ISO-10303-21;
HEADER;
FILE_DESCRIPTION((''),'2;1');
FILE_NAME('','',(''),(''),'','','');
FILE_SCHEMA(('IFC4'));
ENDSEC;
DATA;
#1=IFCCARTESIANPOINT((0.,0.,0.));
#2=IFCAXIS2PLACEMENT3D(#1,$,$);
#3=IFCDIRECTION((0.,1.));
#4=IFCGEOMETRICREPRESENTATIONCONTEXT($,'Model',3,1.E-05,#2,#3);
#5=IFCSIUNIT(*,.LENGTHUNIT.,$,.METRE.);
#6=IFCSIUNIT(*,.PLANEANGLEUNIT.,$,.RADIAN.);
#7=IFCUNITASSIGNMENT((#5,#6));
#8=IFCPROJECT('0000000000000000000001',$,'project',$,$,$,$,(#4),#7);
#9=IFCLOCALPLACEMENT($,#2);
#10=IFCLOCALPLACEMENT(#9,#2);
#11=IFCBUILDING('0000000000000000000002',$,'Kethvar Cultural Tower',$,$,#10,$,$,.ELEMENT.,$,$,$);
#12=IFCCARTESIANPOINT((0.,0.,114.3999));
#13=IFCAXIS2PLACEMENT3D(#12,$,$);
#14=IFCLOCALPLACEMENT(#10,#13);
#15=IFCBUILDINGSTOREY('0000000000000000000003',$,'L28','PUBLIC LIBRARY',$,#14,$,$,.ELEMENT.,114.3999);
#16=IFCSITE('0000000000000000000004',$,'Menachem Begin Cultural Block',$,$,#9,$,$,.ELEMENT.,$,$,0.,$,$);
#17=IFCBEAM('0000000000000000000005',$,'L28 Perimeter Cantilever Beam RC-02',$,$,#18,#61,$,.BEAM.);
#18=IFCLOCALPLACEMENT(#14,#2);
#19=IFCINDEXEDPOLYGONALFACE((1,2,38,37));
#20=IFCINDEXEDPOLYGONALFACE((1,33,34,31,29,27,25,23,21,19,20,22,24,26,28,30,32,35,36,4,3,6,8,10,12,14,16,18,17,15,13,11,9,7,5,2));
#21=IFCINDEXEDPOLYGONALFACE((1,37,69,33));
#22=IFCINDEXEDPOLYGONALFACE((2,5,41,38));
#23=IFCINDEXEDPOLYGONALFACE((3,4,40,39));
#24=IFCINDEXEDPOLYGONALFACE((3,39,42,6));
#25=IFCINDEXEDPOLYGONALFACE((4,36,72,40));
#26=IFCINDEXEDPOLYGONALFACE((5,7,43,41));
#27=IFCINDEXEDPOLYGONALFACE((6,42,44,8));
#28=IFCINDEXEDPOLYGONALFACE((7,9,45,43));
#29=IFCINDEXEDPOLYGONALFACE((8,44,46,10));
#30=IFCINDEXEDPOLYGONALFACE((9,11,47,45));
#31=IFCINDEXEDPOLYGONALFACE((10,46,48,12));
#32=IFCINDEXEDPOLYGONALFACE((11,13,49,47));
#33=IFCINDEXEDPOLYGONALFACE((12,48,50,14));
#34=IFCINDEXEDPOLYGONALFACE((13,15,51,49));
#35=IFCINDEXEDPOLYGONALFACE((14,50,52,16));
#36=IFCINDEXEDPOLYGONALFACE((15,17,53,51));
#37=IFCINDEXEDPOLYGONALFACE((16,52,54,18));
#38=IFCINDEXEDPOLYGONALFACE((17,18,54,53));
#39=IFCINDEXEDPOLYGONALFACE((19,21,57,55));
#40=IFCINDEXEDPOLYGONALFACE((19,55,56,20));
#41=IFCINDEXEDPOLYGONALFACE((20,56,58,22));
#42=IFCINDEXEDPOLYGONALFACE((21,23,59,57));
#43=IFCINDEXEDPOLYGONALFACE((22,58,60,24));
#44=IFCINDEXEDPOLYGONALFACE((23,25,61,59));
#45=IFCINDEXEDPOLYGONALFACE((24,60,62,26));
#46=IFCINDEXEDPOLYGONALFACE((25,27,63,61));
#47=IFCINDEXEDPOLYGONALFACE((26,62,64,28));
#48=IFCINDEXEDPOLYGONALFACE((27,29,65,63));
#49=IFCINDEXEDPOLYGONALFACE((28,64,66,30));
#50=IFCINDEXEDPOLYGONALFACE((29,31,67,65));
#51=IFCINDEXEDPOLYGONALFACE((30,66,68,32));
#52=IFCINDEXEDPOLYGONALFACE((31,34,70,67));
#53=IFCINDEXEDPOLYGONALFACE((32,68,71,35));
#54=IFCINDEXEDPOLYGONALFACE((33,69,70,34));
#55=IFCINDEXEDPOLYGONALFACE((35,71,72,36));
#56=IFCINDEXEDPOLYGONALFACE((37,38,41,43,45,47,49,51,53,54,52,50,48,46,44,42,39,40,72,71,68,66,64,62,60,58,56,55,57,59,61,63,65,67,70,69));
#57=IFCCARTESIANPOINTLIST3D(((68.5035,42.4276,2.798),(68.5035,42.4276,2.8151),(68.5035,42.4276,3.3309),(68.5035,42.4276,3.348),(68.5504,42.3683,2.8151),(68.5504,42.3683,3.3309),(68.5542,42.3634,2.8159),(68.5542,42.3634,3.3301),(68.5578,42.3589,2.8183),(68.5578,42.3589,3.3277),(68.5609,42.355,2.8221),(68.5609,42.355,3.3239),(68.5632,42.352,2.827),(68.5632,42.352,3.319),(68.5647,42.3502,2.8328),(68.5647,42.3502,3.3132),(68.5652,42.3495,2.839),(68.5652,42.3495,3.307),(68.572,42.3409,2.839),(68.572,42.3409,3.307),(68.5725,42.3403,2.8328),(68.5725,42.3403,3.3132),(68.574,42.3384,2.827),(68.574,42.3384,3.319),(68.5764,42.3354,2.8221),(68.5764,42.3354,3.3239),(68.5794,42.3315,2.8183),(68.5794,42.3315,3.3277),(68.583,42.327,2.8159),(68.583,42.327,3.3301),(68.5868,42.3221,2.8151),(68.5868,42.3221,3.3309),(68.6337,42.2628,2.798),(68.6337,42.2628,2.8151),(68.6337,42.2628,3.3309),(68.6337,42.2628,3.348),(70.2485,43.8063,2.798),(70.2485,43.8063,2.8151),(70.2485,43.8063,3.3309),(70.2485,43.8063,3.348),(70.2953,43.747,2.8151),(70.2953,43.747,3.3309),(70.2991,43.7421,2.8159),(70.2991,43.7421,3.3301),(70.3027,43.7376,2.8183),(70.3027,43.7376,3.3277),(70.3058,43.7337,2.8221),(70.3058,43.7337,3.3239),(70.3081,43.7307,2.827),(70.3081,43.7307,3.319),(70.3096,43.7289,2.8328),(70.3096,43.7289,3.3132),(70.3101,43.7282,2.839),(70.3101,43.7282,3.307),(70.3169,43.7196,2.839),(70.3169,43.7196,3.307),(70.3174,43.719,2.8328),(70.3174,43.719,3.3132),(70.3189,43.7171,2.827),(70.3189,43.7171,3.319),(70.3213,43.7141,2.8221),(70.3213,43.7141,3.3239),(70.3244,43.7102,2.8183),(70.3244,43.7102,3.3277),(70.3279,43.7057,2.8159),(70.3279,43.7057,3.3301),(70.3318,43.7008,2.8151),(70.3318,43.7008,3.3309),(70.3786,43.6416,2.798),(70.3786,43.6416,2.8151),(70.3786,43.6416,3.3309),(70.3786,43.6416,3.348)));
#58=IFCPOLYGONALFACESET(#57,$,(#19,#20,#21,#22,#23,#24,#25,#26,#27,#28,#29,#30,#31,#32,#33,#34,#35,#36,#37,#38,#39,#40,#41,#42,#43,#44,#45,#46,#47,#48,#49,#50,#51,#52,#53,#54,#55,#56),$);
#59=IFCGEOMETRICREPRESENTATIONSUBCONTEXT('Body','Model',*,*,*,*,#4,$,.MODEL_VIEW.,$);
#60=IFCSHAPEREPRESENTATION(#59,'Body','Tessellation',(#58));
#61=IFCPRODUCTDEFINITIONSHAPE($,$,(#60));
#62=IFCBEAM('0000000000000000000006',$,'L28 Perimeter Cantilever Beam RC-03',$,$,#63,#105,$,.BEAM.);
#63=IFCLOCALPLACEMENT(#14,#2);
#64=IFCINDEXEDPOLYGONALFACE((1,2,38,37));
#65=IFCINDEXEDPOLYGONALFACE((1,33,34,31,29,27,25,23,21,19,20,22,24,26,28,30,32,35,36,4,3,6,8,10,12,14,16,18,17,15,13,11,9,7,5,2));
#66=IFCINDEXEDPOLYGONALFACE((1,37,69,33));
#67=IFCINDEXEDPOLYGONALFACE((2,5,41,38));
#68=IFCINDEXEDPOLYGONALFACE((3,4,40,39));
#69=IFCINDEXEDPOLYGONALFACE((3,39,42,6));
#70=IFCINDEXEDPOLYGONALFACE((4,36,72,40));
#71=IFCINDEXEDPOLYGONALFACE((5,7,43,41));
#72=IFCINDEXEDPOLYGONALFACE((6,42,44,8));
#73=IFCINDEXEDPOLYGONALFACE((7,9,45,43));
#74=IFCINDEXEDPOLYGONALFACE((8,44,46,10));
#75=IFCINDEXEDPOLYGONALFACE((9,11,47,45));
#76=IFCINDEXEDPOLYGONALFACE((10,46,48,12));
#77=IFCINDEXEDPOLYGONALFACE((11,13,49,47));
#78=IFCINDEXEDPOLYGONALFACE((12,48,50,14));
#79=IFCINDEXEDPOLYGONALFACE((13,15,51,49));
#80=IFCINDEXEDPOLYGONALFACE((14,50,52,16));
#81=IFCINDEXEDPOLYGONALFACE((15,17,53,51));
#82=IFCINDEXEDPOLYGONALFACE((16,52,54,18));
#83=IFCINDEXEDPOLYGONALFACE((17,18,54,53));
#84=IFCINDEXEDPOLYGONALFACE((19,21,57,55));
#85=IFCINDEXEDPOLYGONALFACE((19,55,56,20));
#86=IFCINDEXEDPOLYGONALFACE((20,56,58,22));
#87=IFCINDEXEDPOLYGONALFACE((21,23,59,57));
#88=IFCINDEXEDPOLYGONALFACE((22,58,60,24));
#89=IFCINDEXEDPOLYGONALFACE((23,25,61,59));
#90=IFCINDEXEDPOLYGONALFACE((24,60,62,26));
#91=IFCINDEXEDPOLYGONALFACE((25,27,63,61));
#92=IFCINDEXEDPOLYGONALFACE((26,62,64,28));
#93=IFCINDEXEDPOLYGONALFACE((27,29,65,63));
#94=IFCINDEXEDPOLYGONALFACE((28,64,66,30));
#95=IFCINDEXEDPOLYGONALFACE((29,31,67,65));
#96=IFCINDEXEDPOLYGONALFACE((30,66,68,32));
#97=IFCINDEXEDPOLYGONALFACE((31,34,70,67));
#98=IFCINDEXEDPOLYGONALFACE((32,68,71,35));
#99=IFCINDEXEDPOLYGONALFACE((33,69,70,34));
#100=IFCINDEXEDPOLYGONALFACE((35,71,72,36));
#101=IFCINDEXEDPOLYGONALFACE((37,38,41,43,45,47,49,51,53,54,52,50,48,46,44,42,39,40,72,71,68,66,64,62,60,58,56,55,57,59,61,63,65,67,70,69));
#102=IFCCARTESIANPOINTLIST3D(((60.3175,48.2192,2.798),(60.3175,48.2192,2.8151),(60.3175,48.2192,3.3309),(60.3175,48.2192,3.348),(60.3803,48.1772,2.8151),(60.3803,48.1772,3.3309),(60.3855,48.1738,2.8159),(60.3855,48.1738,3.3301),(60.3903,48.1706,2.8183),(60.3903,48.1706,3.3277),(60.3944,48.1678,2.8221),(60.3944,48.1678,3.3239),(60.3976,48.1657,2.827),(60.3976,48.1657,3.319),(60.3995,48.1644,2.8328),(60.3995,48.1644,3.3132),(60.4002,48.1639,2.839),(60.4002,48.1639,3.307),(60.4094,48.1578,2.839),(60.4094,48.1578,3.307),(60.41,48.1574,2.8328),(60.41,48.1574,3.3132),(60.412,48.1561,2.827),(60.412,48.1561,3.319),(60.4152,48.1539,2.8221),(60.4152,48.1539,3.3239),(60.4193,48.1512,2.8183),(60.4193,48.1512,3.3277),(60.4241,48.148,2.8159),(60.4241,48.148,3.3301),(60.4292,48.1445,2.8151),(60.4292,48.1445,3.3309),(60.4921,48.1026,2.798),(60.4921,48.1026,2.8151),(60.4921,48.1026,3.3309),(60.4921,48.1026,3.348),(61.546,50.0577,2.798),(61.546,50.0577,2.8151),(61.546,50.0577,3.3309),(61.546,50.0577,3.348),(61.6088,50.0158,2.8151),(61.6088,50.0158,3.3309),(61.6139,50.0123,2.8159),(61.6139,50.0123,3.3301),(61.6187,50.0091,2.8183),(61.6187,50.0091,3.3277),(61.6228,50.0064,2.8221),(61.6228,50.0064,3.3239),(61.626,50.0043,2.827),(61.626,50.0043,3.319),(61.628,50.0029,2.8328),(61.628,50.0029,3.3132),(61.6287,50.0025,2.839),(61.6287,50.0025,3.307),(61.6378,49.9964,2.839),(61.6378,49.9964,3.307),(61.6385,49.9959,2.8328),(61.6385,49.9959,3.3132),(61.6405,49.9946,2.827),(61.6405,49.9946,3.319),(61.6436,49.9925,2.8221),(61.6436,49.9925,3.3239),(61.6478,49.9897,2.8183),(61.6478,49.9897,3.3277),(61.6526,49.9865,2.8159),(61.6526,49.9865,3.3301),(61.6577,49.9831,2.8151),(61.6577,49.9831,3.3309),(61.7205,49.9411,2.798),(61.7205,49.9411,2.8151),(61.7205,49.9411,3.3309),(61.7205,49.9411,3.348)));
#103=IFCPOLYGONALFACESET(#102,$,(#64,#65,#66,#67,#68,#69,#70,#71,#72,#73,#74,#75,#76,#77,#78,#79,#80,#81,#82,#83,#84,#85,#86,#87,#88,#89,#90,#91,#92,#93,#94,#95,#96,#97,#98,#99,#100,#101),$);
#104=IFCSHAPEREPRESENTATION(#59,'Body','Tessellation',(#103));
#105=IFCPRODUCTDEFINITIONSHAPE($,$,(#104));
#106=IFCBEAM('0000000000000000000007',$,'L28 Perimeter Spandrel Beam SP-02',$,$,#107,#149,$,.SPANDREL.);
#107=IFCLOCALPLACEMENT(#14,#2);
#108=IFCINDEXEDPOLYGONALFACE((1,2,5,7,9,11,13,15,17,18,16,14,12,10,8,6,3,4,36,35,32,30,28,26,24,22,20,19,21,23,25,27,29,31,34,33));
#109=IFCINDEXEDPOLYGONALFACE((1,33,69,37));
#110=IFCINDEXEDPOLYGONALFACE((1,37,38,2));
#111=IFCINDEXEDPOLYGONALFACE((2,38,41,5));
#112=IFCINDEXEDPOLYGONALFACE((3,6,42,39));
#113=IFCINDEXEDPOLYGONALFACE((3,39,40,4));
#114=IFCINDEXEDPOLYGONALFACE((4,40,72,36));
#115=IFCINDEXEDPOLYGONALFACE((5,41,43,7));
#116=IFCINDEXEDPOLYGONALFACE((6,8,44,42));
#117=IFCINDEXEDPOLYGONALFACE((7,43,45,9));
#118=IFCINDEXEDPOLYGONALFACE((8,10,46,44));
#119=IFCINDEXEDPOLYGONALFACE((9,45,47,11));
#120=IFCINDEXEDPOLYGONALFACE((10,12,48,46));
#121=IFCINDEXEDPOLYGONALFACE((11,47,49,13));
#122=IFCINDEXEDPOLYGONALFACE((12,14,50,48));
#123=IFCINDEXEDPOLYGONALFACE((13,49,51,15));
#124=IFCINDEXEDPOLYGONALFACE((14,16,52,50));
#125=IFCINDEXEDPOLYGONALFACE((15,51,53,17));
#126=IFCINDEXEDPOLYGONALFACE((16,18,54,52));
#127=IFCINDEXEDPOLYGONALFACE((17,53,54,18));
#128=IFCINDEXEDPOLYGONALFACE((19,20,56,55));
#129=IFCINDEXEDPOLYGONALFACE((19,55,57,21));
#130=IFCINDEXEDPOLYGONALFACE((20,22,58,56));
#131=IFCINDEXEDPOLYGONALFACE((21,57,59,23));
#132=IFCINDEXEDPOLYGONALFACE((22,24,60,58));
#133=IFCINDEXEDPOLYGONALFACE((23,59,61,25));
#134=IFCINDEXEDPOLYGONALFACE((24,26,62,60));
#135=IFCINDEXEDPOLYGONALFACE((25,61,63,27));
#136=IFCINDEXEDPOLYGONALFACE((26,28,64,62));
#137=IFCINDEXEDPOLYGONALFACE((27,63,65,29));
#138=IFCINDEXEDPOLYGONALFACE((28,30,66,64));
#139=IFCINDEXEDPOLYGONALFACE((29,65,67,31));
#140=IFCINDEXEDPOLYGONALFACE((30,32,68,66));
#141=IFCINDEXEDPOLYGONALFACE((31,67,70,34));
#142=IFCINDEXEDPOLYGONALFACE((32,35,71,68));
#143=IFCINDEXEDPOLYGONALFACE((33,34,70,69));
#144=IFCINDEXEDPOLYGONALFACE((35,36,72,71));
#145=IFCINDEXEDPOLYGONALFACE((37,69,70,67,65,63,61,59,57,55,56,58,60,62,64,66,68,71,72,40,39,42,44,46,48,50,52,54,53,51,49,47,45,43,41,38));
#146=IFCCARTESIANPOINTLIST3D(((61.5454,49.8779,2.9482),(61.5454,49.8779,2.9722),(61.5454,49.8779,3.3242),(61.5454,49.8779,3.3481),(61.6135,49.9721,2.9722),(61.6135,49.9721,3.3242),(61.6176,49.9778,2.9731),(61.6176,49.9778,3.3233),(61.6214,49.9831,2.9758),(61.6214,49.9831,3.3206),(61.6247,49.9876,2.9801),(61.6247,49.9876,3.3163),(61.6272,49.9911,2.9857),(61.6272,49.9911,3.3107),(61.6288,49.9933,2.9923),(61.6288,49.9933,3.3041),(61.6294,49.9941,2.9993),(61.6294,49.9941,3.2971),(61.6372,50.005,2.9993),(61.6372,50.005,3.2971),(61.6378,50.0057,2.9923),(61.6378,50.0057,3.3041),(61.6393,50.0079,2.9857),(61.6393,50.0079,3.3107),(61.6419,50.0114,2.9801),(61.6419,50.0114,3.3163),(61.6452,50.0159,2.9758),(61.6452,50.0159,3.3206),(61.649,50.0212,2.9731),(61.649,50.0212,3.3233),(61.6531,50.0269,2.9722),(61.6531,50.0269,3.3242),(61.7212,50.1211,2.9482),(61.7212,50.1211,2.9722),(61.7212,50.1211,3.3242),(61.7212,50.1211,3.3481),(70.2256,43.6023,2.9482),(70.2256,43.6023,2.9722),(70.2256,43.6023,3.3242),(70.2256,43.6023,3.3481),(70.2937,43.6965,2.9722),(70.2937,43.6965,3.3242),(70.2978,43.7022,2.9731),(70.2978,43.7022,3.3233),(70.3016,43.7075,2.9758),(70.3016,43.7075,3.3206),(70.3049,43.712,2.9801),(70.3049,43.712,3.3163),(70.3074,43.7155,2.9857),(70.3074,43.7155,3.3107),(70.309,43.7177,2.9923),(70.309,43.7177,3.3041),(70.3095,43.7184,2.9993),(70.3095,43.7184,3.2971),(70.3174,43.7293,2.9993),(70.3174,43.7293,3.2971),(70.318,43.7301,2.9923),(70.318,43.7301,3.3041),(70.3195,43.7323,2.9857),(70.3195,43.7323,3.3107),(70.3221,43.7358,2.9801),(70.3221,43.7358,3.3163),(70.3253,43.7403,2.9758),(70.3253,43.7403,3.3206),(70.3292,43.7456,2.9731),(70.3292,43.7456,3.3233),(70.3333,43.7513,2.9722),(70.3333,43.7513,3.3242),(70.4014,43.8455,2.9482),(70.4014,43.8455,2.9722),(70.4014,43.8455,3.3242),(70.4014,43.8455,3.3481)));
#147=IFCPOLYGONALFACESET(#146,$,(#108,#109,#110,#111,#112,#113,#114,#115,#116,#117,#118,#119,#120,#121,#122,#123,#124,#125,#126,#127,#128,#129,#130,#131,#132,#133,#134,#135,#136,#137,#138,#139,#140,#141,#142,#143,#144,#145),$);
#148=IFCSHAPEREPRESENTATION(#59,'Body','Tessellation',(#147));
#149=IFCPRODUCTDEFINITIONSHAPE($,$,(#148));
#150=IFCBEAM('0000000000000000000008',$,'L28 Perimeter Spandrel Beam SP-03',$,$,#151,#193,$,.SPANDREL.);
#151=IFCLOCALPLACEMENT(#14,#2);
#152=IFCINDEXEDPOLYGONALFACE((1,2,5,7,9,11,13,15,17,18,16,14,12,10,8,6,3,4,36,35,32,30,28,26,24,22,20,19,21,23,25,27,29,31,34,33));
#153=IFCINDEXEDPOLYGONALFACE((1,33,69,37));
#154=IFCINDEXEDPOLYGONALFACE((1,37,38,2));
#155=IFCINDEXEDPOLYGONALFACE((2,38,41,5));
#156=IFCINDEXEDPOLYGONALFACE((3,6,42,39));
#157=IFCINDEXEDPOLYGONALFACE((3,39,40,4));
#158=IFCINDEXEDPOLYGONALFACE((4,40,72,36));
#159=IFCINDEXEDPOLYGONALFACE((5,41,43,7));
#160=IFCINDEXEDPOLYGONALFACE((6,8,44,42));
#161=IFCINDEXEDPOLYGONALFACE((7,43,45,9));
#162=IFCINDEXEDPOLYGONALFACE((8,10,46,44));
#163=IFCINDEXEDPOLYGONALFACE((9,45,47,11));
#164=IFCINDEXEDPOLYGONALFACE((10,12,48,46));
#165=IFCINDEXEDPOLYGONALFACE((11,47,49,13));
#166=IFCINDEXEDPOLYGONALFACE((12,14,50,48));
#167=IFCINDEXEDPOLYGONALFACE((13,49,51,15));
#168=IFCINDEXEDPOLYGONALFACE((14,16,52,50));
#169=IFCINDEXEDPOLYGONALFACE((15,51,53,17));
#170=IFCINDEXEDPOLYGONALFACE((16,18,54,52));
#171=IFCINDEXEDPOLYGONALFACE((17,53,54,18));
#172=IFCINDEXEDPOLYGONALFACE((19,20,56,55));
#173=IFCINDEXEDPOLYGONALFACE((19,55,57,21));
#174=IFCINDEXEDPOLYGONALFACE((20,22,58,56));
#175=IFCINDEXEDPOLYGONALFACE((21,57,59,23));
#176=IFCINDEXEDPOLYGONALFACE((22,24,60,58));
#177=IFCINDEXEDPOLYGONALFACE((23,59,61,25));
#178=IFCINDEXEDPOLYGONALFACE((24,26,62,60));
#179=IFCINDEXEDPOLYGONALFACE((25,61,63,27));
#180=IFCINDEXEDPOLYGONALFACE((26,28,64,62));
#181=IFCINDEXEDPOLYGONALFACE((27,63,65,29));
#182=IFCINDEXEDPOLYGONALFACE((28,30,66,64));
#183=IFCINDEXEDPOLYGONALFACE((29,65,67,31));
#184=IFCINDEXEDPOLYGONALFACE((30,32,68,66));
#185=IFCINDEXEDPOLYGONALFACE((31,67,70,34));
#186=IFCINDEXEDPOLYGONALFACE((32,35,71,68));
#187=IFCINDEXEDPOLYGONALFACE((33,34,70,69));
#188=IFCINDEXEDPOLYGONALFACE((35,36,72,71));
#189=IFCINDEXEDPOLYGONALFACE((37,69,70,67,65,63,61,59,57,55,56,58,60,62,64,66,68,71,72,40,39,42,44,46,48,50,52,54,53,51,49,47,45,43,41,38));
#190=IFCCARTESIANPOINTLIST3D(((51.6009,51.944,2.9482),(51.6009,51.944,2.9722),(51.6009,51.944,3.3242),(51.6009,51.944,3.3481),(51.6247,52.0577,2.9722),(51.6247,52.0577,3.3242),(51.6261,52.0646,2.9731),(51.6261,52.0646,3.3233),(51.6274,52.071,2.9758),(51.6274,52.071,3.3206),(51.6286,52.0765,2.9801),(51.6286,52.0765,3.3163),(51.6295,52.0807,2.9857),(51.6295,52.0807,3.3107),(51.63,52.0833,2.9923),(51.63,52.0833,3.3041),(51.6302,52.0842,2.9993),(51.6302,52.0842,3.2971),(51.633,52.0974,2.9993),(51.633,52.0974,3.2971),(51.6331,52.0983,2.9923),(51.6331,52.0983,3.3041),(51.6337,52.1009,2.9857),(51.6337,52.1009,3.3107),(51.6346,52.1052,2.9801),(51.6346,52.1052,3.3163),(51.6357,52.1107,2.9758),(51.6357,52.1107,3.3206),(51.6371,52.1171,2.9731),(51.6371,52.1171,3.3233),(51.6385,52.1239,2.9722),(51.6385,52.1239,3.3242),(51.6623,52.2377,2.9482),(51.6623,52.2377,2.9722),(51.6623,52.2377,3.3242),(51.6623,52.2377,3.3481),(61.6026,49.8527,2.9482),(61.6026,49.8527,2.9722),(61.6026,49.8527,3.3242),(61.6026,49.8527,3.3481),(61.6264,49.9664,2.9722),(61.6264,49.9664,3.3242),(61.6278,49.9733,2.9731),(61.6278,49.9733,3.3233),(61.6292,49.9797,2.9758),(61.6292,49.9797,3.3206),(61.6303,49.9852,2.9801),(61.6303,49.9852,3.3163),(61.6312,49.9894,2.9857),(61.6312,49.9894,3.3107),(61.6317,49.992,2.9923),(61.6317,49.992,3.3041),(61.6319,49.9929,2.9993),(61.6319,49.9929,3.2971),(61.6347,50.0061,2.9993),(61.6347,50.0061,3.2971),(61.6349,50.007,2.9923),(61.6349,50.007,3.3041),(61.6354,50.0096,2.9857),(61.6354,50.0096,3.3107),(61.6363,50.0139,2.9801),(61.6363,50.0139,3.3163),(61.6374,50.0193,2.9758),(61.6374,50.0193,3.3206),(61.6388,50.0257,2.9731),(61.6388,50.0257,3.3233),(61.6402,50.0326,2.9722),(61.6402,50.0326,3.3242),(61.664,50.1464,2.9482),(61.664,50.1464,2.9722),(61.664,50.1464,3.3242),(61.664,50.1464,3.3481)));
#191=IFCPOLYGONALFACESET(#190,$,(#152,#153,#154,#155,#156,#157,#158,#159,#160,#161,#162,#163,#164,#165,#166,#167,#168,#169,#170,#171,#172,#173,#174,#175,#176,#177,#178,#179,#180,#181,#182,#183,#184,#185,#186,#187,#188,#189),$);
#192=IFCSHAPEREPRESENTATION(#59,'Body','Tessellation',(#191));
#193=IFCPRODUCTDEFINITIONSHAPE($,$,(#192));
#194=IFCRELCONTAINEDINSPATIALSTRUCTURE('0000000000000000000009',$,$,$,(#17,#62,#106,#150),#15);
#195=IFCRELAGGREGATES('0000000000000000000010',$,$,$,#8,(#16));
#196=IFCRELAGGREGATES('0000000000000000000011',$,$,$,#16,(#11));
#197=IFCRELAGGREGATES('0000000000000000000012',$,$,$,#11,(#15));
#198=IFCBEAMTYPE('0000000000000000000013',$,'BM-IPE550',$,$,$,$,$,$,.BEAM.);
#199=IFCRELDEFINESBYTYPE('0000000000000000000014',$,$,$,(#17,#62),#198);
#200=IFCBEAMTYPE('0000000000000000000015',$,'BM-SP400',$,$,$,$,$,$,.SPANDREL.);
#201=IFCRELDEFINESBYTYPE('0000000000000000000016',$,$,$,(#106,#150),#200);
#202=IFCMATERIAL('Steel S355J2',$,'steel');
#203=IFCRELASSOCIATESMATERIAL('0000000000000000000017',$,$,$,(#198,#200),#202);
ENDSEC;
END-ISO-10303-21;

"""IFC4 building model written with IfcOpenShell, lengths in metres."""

from ifc_helpers import new_model, si_unit, direction, frame, origin, origin_2d, place, context, subcontext, project, spatial, i_section, extrude, source, transform, mapped, material, material_profile, profile_set, type_object, element, save


model = new_model("IFC4")

# Units and contexts
model_context = context("Model", 3, precision=1e-05, world=origin(), true_north=direction((0.0, 1.0)))
body_context = subcontext(model_context, "Body", "Model", "MODEL_VIEW")
ifc_project = project(units=[si_unit("LENGTHUNIT", "METRE"), si_unit("PLANEANGLEUNIT", "RADIAN")], contexts=[model_context])

# Site, building, storey
site_placement = place(None, origin())
site = spatial("IfcSite", under=ifc_project, at=site_placement, Name="Menachem Begin Cultural Block", CompositionType="ELEMENT", RefElevation=0.0)
building_placement = place(site_placement, origin())
building = spatial("IfcBuilding", under=site, at=building_placement, Name="Kethvar Cultural Tower", CompositionType="ELEMENT")
storey_placement = place(building_placement, frame((0.0, 0.0, 114.3999)))
storey = spatial("IfcBuildingStorey", under=building, at=storey_placement, Name="L28", Description="PUBLIC LIBRARY", CompositionType="ELEMENT", Elevation=114.3999)

# Beams
ifc_material_1 = material(Name="Steel S355J2", Category="steel")
ifc_material_profile_1 = material_profile(ifc_material_1, i_section(OverallWidth=0.21, OverallDepth=0.55, WebThickness=0.011, FlangeThickness=0.0171, FilletRadius=0.0239, at=origin_2d()), Name="Steel S355J2 — IPE550")
ifc_profile_set_1 = profile_set([ifc_material_profile_1], Name="Steel S355J2 — IPE550")
beam_type_1 = type_object("IfcBeamType", Name="BM-IPE550", PredefinedType="BEAM", material=ifc_profile_set_1)
shared_shape_1 = source(origin(), body_context, "Body", "SweptSolid", [
    extrude(i_section(OverallWidth=0.21, OverallDepth=0.55, WebThickness=0.011, FlangeThickness=0.0171, FilletRadius=0.0239, at=origin_2d()), origin(), (0.0, 0.0, 1.0), 2.2239),
])
beam_1_placement = place(storey_placement, frame((68.5686, 42.3452, 3.073), z_axis=(0.784635, 0.619957, 0.0), x_axis=(-0.619957, 0.784635, 0.0)))
element("IfcBeam", 1, at=beam_1_placement, inside=storey, type_object=beam_type_1, Name="L28 Perimeter Cantilever Beam RC-02", PredefinedType="BEAM", context=body_context, shape_type="MappedRepresentation", body=[
    mapped(shared_shape_1, transform((0.0, 0.0, 0.0), scale=1.0)),
])
shared_shape_2 = source(origin(), body_context, "Body", "SweptSolid", [
    extrude(i_section(OverallWidth=0.21, OverallDepth=0.55, WebThickness=0.011, FlangeThickness=0.0171, FilletRadius=0.0239, at=origin_2d()), origin(), (0.0, 0.0, 1.0), 2.2112),
])
beam_2_placement = place(storey_placement, frame((60.4048, 48.1609, 3.073), z_axis=(0.555566, 0.831472, 0.0), x_axis=(-0.831472, 0.555566, 0.0)))
element("IfcBeam", 2, at=beam_2_placement, inside=storey, type_object=beam_type_1, Name="L28 Perimeter Cantilever Beam RC-03", PredefinedType="BEAM", context=body_context, shape_type="MappedRepresentation", body=[
    mapped(shared_shape_2, transform((0.0, 0.0, 0.0), scale=1.0)),
])
ifc_material_profile_2 = material_profile(ifc_material_1, i_section(OverallWidth=0.3, OverallDepth=0.3999, WebThickness=0.0134, FlangeThickness=0.0239, FilletRadius=0.0271, at=origin_2d()), Name="Steel S355J2 — HEB400")
ifc_profile_set_2 = profile_set([ifc_material_profile_2], Name="Steel S355J2 — HEB400")
beam_type_2 = type_object("IfcBeamType", Name="BM-SP400", PredefinedType="SPANDREL", material=ifc_profile_set_2)
shared_shape_3 = source(origin(), body_context, "Body", "SweptSolid", [
    extrude(i_section(OverallWidth=0.3, OverallDepth=0.3999, WebThickness=0.0134, FlangeThickness=0.0239, FilletRadius=0.0271, at=origin_2d()), origin(), (0.0, 0.0, 1.0), 10.7112),
])
beam_3_placement = place(storey_placement, frame((70.3135, 43.7239, 3.1482), z_axis=(-0.810386, 0.585897, 0.0), x_axis=(-0.585897, -0.810386, 0.0)))
element("IfcBeam", 3, at=beam_3_placement, inside=storey, type_object=beam_type_2, Name="L28 Perimeter Spandrel Beam SP-02", PredefinedType="SPANDREL", context=body_context, shape_type="MappedRepresentation", body=[
    mapped(shared_shape_3, transform((0.0, 0.0, 0.0), scale=1.0)),
])
shared_shape_4 = source(origin(), body_context, "Body", "SweptSolid", [
    extrude(i_section(OverallWidth=0.3, OverallDepth=0.3999, WebThickness=0.0134, FlangeThickness=0.0239, FilletRadius=0.0271, at=origin_2d()), origin(), (0.0, 0.0, 1.0), 10.218),
])
beam_4_placement = place(storey_placement, frame((61.6333, 49.9995, 3.1482), z_axis=(-0.978831, 0.204669, 0.0), x_axis=(-0.204669, -0.978831, 0.0)))
element("IfcBeam", 4, at=beam_4_placement, inside=storey, type_object=beam_type_2, Name="L28 Perimeter Spandrel Beam SP-03", PredefinedType="SPANDREL", context=body_context, shape_type="MappedRepresentation", body=[
    mapped(shared_shape_4, transform((0.0, 0.0, 0.0), scale=1.0)),
])

save(model, "model.ifc")
